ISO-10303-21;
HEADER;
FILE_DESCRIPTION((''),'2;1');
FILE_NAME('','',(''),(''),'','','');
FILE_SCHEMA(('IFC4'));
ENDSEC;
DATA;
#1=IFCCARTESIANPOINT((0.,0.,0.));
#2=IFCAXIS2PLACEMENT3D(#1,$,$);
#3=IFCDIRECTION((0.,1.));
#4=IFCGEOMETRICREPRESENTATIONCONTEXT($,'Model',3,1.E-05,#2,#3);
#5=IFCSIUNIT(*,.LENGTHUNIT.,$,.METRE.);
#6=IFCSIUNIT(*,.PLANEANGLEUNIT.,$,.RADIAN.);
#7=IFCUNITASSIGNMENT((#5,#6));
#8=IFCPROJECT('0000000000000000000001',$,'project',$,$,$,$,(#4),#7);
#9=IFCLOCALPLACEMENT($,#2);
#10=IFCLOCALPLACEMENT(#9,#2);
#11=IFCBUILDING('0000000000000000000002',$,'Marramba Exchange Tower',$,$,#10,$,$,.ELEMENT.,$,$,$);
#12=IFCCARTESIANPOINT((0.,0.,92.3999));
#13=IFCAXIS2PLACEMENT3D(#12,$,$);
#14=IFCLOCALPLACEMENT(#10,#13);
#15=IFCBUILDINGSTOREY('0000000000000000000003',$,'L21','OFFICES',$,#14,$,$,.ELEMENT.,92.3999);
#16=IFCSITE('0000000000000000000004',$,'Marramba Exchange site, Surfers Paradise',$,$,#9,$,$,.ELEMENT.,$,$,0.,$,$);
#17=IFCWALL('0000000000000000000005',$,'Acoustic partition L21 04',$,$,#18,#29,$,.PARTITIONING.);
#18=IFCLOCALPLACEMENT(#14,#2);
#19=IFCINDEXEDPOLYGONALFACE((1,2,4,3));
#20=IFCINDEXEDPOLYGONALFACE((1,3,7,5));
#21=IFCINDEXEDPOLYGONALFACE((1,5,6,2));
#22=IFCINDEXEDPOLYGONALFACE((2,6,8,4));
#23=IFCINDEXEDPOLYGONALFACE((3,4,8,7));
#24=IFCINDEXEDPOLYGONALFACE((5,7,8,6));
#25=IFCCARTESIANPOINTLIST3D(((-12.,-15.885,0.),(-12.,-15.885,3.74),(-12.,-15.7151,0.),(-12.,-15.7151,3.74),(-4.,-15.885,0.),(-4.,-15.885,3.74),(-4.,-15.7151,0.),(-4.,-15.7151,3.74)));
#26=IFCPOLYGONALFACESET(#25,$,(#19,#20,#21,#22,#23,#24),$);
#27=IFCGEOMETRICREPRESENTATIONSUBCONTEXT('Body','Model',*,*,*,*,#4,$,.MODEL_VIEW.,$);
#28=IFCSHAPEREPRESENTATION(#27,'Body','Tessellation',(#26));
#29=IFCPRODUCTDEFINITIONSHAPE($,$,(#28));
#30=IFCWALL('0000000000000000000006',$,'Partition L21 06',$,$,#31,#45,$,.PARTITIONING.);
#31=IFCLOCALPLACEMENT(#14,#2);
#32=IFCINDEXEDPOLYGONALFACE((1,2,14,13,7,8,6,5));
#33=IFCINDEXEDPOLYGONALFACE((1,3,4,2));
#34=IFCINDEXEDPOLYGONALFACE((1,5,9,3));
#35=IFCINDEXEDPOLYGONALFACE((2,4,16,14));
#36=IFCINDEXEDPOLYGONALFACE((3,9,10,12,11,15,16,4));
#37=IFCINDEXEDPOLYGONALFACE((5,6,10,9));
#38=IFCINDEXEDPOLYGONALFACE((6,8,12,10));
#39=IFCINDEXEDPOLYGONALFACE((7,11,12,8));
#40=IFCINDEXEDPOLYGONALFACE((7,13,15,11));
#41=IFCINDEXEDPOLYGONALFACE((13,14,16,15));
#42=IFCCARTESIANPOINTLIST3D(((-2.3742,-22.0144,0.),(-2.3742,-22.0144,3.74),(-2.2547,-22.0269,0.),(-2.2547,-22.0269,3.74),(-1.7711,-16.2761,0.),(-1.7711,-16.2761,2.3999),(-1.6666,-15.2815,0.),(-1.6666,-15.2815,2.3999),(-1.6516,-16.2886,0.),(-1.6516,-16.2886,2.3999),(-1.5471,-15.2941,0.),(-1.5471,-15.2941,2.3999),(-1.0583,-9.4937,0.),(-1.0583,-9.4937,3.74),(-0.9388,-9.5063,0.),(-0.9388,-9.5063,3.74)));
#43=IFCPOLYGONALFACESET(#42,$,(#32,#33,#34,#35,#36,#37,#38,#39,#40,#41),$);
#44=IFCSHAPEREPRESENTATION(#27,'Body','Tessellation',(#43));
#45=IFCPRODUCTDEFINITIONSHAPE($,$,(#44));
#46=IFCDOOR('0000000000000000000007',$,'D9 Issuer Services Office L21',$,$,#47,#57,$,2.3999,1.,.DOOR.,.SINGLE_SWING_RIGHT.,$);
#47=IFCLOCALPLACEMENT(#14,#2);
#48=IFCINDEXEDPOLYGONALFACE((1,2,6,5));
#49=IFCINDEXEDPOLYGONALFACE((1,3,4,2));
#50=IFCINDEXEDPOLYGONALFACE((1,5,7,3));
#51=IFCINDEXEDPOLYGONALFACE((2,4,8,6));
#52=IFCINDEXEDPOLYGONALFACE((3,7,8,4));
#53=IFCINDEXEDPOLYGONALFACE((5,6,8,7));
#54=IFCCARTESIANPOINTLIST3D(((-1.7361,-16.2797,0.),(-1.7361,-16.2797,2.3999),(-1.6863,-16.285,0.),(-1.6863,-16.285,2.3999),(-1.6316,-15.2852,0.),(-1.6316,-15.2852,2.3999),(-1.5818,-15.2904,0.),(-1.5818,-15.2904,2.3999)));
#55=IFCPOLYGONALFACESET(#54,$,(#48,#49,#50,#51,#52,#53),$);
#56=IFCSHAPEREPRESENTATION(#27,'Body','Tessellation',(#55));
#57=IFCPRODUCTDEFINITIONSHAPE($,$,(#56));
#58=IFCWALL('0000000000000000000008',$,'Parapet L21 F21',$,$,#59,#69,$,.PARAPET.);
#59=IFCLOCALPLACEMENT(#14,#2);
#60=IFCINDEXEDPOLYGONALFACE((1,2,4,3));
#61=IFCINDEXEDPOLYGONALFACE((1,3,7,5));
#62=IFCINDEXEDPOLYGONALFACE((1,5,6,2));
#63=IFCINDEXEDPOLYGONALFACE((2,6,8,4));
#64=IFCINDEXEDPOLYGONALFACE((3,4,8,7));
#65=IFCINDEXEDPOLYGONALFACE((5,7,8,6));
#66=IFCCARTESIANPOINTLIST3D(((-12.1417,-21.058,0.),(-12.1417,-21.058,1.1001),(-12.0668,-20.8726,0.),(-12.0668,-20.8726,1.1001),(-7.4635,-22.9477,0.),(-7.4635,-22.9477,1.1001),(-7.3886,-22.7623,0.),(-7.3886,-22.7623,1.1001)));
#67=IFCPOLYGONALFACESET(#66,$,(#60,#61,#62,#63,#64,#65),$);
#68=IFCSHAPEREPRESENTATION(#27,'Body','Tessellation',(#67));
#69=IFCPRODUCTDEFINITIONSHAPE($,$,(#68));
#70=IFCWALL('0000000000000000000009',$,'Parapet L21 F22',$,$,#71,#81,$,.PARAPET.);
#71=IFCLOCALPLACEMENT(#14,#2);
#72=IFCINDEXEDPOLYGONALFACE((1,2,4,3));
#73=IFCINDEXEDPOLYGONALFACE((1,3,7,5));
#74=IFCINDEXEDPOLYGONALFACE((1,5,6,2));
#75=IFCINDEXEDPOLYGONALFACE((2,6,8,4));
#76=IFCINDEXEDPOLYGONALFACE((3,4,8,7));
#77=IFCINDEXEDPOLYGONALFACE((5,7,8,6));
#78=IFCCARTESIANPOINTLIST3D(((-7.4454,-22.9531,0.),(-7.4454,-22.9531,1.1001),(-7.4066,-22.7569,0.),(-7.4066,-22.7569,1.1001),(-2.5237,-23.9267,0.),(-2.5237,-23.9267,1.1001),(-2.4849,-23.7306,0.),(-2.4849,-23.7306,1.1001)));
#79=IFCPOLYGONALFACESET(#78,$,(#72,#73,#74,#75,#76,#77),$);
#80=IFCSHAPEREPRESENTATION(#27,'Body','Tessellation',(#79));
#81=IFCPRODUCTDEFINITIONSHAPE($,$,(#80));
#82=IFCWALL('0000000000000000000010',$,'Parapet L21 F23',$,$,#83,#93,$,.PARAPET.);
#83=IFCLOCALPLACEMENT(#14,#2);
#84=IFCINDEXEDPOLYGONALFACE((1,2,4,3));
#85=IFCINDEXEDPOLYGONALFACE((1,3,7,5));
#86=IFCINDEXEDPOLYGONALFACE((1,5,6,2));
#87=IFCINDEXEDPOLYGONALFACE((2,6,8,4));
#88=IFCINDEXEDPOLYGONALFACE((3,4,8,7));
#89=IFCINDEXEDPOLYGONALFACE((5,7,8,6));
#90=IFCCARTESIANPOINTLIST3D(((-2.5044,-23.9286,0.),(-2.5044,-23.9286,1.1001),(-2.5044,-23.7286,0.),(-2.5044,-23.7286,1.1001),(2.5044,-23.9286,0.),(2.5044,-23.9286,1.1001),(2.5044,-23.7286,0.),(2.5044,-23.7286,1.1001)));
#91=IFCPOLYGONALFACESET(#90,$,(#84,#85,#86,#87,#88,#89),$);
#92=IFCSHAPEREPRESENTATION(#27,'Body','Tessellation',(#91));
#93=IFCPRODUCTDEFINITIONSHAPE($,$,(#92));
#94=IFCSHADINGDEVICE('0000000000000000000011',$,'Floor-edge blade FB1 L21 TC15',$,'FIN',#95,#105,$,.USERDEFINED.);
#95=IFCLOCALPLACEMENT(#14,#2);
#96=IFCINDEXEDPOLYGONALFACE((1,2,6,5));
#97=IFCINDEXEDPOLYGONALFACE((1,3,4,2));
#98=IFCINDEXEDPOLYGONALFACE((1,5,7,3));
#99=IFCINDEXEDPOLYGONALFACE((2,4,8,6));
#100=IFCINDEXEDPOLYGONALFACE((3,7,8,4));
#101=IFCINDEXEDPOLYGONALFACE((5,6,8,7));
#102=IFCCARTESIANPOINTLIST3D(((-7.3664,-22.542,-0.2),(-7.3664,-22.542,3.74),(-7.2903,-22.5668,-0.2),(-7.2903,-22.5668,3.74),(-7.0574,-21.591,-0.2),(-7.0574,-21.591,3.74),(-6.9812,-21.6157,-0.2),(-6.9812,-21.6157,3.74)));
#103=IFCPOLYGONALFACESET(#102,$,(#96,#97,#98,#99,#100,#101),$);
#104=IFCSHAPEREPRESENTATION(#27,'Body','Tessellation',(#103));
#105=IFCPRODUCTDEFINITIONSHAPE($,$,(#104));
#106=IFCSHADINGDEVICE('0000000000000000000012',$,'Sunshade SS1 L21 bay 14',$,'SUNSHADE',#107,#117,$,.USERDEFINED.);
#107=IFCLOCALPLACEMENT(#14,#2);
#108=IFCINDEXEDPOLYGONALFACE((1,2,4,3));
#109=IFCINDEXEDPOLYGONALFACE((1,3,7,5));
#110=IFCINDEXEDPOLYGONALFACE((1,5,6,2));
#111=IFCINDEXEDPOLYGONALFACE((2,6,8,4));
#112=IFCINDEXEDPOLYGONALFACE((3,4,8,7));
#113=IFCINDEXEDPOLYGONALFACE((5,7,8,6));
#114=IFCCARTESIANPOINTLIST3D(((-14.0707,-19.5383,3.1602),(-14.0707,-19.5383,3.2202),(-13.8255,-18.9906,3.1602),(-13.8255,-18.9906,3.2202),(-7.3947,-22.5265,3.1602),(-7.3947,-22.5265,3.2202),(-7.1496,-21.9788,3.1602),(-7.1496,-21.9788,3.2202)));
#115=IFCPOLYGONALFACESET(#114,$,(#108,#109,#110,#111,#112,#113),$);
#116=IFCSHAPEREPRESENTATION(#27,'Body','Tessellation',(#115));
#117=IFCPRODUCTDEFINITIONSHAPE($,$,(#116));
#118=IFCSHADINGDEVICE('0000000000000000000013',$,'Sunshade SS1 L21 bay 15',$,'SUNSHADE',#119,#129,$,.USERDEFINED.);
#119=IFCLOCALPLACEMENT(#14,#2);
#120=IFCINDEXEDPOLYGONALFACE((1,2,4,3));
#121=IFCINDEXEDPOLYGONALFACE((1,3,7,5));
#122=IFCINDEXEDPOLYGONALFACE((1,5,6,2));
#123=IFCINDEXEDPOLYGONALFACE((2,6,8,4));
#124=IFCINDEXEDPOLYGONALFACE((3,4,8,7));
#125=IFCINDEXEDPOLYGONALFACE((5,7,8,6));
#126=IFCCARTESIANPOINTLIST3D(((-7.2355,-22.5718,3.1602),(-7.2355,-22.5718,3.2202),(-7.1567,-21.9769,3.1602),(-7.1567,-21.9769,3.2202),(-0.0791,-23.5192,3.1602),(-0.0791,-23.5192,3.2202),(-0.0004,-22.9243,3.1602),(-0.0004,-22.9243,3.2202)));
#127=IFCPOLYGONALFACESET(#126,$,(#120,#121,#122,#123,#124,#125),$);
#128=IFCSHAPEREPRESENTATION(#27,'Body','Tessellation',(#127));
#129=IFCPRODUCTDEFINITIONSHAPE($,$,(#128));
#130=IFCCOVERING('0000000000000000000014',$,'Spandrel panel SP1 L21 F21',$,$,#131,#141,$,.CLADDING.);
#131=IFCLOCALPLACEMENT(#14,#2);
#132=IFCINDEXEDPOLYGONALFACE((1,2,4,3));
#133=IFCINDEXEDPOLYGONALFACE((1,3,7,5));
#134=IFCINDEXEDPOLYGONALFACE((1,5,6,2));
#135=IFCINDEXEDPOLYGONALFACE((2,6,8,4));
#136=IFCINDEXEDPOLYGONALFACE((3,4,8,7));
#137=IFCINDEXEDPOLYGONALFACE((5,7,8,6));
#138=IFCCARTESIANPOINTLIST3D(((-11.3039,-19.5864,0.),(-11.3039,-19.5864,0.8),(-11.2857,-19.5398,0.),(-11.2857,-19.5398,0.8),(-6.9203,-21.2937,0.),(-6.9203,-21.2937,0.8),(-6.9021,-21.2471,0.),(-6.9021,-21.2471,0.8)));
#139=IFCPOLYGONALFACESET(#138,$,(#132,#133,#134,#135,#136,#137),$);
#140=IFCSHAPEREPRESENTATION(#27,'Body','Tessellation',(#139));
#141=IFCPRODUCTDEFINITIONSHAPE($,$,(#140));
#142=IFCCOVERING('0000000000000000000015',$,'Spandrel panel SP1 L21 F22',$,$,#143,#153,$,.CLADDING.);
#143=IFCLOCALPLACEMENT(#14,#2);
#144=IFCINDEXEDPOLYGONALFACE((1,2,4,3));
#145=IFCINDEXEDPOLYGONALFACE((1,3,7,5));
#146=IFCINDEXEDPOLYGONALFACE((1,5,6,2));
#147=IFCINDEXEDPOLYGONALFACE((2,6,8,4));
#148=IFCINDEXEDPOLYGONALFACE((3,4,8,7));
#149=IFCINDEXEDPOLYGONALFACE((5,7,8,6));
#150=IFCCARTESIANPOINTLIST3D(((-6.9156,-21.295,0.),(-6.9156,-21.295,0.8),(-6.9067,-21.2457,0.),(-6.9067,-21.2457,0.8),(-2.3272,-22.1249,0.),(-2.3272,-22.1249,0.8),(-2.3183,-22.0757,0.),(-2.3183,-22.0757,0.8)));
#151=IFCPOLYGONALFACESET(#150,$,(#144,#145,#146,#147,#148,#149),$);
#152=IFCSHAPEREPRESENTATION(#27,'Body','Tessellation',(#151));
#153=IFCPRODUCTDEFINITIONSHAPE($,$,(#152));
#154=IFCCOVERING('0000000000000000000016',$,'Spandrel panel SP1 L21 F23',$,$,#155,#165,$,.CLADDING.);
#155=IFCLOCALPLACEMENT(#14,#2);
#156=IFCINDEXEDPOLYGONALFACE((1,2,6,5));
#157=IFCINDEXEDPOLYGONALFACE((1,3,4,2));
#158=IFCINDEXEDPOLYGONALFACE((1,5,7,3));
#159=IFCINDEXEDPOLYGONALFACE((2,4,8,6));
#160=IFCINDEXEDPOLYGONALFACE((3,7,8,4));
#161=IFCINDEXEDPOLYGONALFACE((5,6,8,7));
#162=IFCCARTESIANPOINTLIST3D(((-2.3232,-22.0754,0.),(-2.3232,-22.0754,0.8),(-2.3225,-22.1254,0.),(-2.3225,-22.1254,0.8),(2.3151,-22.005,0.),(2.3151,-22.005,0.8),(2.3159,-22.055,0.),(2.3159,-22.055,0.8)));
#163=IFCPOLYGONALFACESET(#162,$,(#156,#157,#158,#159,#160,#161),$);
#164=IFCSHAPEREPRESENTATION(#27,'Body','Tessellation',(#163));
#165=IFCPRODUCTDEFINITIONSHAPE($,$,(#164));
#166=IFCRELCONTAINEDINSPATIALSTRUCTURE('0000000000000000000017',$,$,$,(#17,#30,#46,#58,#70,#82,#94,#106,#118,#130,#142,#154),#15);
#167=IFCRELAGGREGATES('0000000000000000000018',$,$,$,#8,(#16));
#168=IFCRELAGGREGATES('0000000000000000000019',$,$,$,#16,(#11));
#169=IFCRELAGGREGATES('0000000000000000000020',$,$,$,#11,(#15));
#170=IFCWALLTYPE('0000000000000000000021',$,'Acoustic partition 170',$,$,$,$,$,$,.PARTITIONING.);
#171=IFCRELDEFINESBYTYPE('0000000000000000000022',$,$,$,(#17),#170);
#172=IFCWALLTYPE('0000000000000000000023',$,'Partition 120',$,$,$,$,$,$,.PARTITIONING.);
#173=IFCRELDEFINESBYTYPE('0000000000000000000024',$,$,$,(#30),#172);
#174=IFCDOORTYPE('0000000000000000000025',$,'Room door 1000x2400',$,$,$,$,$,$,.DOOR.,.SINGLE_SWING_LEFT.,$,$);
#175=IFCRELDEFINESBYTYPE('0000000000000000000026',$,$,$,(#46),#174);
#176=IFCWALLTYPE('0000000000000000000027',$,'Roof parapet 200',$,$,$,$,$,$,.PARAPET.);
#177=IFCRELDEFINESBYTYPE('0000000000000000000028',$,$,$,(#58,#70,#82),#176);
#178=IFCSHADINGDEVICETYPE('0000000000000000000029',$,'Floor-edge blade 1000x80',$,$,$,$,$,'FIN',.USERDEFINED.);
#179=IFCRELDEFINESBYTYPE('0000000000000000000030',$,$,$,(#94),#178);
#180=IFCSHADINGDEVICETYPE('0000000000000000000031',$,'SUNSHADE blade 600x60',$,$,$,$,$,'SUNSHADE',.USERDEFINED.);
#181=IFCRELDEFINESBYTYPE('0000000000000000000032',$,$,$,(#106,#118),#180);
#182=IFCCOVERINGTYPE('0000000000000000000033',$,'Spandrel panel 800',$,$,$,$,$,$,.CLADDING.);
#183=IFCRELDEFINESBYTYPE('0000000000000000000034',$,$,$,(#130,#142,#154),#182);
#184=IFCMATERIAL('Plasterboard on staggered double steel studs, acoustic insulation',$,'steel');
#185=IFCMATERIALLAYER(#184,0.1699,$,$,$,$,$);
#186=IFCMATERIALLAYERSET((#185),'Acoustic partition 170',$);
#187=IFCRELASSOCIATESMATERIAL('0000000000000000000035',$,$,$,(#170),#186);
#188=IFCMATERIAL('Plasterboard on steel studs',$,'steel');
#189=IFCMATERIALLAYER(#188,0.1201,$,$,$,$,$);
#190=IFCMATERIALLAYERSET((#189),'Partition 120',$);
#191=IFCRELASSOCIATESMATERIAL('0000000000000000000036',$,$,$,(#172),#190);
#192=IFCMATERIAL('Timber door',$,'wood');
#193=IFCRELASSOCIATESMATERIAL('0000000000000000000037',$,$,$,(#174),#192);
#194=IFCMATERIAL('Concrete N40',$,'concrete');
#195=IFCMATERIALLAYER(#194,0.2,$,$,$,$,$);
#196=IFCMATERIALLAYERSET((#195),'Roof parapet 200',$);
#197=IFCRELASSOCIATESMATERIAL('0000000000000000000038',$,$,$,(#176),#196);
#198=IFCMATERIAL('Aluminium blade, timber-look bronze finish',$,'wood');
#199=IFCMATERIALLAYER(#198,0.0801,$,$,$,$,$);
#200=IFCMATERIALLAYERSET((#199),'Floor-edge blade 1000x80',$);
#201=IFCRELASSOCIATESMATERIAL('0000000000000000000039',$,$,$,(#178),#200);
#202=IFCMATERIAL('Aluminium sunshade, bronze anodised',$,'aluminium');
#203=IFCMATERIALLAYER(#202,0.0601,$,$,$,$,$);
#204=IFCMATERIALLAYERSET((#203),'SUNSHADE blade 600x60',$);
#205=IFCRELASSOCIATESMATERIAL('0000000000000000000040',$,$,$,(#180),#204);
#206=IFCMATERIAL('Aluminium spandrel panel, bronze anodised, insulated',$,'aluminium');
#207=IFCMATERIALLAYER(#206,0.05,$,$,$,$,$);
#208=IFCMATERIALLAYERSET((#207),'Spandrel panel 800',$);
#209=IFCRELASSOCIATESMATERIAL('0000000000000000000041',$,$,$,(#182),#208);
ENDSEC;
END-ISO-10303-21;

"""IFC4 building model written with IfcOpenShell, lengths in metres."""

from ifc_helpers import new_model, si_unit, direction, frame, frame_2d, origin, origin_2d, place, context, subcontext, project, spatial, rectangle, extrude, material, layer, layer_set, type_object, element, fill, save


model = new_model("IFC4")

# Units and contexts
model_context = context("Model", 3, precision=1e-05, world=origin(), true_north=direction((0.0, 1.0)))
body_context = subcontext(model_context, "Body", "Model", "MODEL_VIEW")
ifc_project = project(units=[si_unit("LENGTHUNIT", "METRE"), si_unit("PLANEANGLEUNIT", "RADIAN")], contexts=[model_context])

# Site, building, storey
site_placement = place(None, origin())
site = spatial("IfcSite", under=ifc_project, at=site_placement, Name="Marramba Exchange site, Surfers Paradise", CompositionType="ELEMENT", RefElevation=0.0)
building_placement = place(site_placement, origin())
building = spatial("IfcBuilding", under=site, at=building_placement, Name="Marramba Exchange Tower", CompositionType="ELEMENT")
storey_placement = place(building_placement, frame((0.0, 0.0, 92.3999)))
storey = spatial("IfcBuildingStorey", under=building, at=storey_placement, Name="L21", Description="OFFICES", CompositionType="ELEMENT", Elevation=92.3999)

# Wall
ifc_material_1 = material(Name="Plasterboard on staggered double steel studs, acoustic insulation", Category="steel")
ifc_layer_1 = layer(ifc_material_1, 0.1699)
ifc_layer_set_1 = layer_set([ifc_layer_1], Name="Acoustic partition 170")
wall_type_1 = type_object("IfcWallType", Name="Acoustic partition 170", PredefinedType="PARTITIONING", material=ifc_layer_set_1)
wall_1_placement = place(storey_placement, frame((-4.0, -15.8, 0.0), z_axis=(0.0, 0.0, 1.0), x_axis=(-1.0, 0.0, 0.0)))
element("IfcWall", 1, at=wall_1_placement, inside=storey, type_object=wall_type_1, Name="Acoustic partition L21 04", PredefinedType="PARTITIONING", context=body_context, shape_type="SweptSolid", body=[
    extrude(rectangle(XDim=8.0, YDim=0.1699, at=frame_2d((4.0, 0.0))), origin(), (0.0, 0.0, 1.0), 3.74),
])

# Wall, opening, door
ifc_material_2 = material(Name="Plasterboard on steel studs", Category="steel")
ifc_layer_2 = layer(ifc_material_2, 0.1201)
ifc_layer_set_2 = layer_set([ifc_layer_2], Name="Partition 120")
wall_type_2 = type_object("IfcWallType", Name="Partition 120", PredefinedType="PARTITIONING", material=ifc_layer_set_2)
wall_2_placement = place(storey_placement, frame((-2.3145, -22.0208, 0.0), z_axis=(0.0, 0.0, 1.0), x_axis=(0.104523, 0.994522, 0.0)))
wall_2 = element("IfcWall", 2, at=wall_2_placement, inside=storey, type_object=wall_type_2, Name="Partition L21 06", PredefinedType="PARTITIONING", context=body_context, shape_type="SweptSolid", body=[
    extrude(rectangle(XDim=12.5896, YDim=0.1201, at=frame_2d((6.2949, 0.0))), origin(), (0.0, 0.0, 1.0), 3.74),
])
opening_placement = place(wall_2_placement, frame((5.77, 0.0, 0.0)))
opening = element("IfcOpeningElement", 3, at=opening_placement, cuts=wall_2, PredefinedType="OPENING", context=body_context, shape_type="SweptSolid", body=[
    extrude(rectangle(XDim=1.0, YDim=2.3999, at=frame_2d((0.5, 1.2))), frame((0.0, 0.0701, 0.0), z_axis=(0.0, -1.0, 0.0), x_axis=(1.0, 0.0, 0.0)), (0.0, 0.0, 1.0), 0.1401),
])
ifc_material_3 = material(Name="Timber door", Category="wood")
door_type = type_object("IfcDoorType", Name="Room door 1000x2400", OperationType="SINGLE_SWING_LEFT", PredefinedType="DOOR", material=ifc_material_3)
door_placement = place(opening_placement, origin())
door = element("IfcDoor", 4, at=door_placement, inside=storey, type_object=door_type, Name="D9 Issuer Services Office L21", OperationType="SINGLE_SWING_RIGHT", OverallHeight=2.3999, OverallWidth=1.0, PredefinedType="DOOR", context=body_context, shape_type="SweptSolid", body=[
    extrude(rectangle(XDim=1.0, YDim=2.3999, at=frame_2d((0.5, 1.2))), frame((0.0, 0.0249, 0.0), z_axis=(0.0, -1.0, 0.0), x_axis=(1.0, 0.0, 0.0)), (0.0, 0.0, 1.0), 0.05),
])
fill(opening, door)

# Walls
ifc_material_4 = material(Name="Concrete N40", Category="concrete")
ifc_layer_3 = layer(ifc_material_4, 0.2)
ifc_layer_set_3 = layer_set([ifc_layer_3], Name="Roof parapet 200")
wall_type_3 = type_object("IfcWallType", Name="Roof parapet 200", PredefinedType="PARAPET", material=ifc_layer_set_3)
wall_3_placement = place(storey_placement, frame((-12.1042, -20.9653, 0.0), z_axis=(0.0, 0.0, 1.0), x_axis=(0.927217, -0.374525, 0.0)))
element("IfcWall", 5, at=wall_3_placement, inside=storey, type_object=wall_type_3, Name="Parapet L21 F21", PredefinedType="PARAPET", context=body_context, shape_type="SweptSolid", body=[
    extrude(rectangle(XDim=5.0454, YDim=0.2, at=frame_2d((2.5227, 0.0))), origin(), (0.0, 0.0, 1.0), 1.1001),
])
wall_4_placement = place(storey_placement, frame((-7.426, -22.855, 0.0), z_axis=(0.0, 0.0, 1.0), x_axis=(0.980988, -0.194066, 0.0)))
element("IfcWall", 6, at=wall_4_placement, inside=storey, type_object=wall_type_3, Name="Parapet L21 F22", PredefinedType="PARAPET", context=body_context, shape_type="SweptSolid", body=[
    extrude(rectangle(XDim=5.0171, YDim=0.2, at=frame_2d((2.5085, 0.0))), origin(), (0.0, 0.0, 1.0), 1.1001),
])
wall_5_placement = place(storey_placement, frame((-2.5044, -23.8286, 0.0), z_axis=(0.0, 0.0, 1.0), x_axis=(1.0, 0.0, 0.0)))
element("IfcWall", 7, at=wall_5_placement, inside=storey, type_object=wall_type_3, Name="Parapet L21 F23", PredefinedType="PARAPET", context=body_context, shape_type="SweptSolid", body=[
    extrude(rectangle(XDim=5.0088, YDim=0.2, at=frame_2d((2.5044, 0.0))), origin(), (0.0, 0.0, 1.0), 1.1001),
])

# Shading devices
ifc_material_5 = material(Name="Aluminium blade, timber-look bronze finish", Category="wood")
ifc_layer_4 = layer(ifc_material_5, 0.0801)
ifc_layer_set_4 = layer_set([ifc_layer_4], Name="Floor-edge blade 1000x80")
shading_device_type_1 = type_object("IfcShadingDeviceType", Name="Floor-edge blade 1000x80", ElementType="FIN", PredefinedType="USERDEFINED", material=ifc_layer_set_4)
shading_device_1_placement = place(storey_placement, frame((-7.1738, -22.0789, -0.2), z_axis=(0.0, 0.0, 1.0), x_axis=(-0.309017, -0.951057, 0.0)))
element("IfcShadingDevice", 8, at=shading_device_1_placement, inside=storey, type_object=shading_device_type_1, Name="Floor-edge blade FB1 L21 TC15", ObjectType="FIN", PredefinedType="USERDEFINED", context=body_context, shape_type="SweptSolid", body=[
    extrude(rectangle(XDim=1.0, YDim=0.0801, at=origin_2d()), origin(), (0.0, 0.0, 1.0), 3.9399),
])
ifc_material_6 = material(Name="Aluminium sunshade, bronze anodised", Category="aluminium")
ifc_layer_5 = layer(ifc_material_6, 0.0601)
ifc_layer_set_5 = layer_set([ifc_layer_5], Name="SUNSHADE blade 600x60")
shading_device_type_2 = type_object("IfcShadingDeviceType", Name="SUNSHADE blade 600x60", ElementType="SUNSHADE", PredefinedType="USERDEFINED", material=ifc_layer_set_5)
shading_device_2_placement = place(storey_placement, frame((-10.6101, -20.7585, 3.1602), z_axis=(0.0, 0.0, 1.0), x_axis=(0.912736, -0.40855, 0.0)))
element("IfcShadingDevice", 9, at=shading_device_2_placement, inside=storey, type_object=shading_device_type_2, Name="Sunshade SS1 L21 bay 14", ObjectType="SUNSHADE", PredefinedType="USERDEFINED", context=body_context, shape_type="SweptSolid", body=[
    extrude(rectangle(XDim=7.3142, YDim=0.6001, at=origin_2d()), origin(), (0.0, 0.0, 1.0), 0.0601),
])
shading_device_3_placement = place(storey_placement, frame((-3.6179, -22.748, 3.1602), z_axis=(0.0, 0.0, 1.0), x_axis=(0.99135, -0.131241, 0.0)))
element("IfcShadingDevice", 10, at=shading_device_3_placement, inside=storey, type_object=shading_device_type_2, Name="Sunshade SS1 L21 bay 15", ObjectType="SUNSHADE", PredefinedType="USERDEFINED", context=body_context, shape_type="SweptSolid", body=[
    extrude(rectangle(XDim=7.2188, YDim=0.6001, at=origin_2d()), origin(), (0.0, 0.0, 1.0), 0.0601),
])

# Coverings
ifc_material_7 = material(Name="Aluminium spandrel panel, bronze anodised, insulated", Category="aluminium")
ifc_layer_6 = layer(ifc_material_7, 0.05)
ifc_layer_set_6 = layer_set([ifc_layer_6], Name="Spandrel panel 800")
covering_type = type_object("IfcCoveringType", Name="Spandrel panel 800", PredefinedType="CLADDING", material=ifc_layer_set_6)
covering_1_placement = place(storey_placement, frame((-9.103, -20.4167, 0.0), z_axis=(0.0, 0.0, 1.0), x_axis=(0.931818, -0.362925, 0.0)))
element("IfcCovering", 11, at=covering_1_placement, inside=storey, type_object=covering_type, Name="Spandrel panel SP1 L21 F21", PredefinedType="CLADDING", context=body_context, shape_type="SweptSolid", body=[
    extrude(rectangle(XDim=4.7043, YDim=0.05, at=origin_2d()), origin(), (0.0, 0.0, 1.0), 0.8),
])
covering_2_placement = place(storey_placement, frame((-4.6169, -21.6853, 0.0), z_axis=(0.0, 0.0, 1.0), x_axis=(0.984032, -0.177992, 0.0)))
element("IfcCovering", 12, at=covering_2_placement, inside=storey, type_object=covering_type, Name="Spandrel panel SP1 L21 F22", PredefinedType="CLADDING", context=body_context, shape_type="SweptSolid", body=[
    extrude(rectangle(XDim=4.6628, YDim=0.05, at=origin_2d()), origin(), (0.0, 0.0, 1.0), 0.8),
])
covering_3_placement = place(storey_placement, frame((-0.0037, -22.0652, 0.0), z_axis=(0.0, 0.0, 1.0), x_axis=(0.999885, 0.015179, 0.0)))
element("IfcCovering", 13, at=covering_3_placement, inside=storey, type_object=covering_type, Name="Spandrel panel SP1 L21 F23", PredefinedType="CLADDING", context=body_context, shape_type="SweptSolid", body=[
    extrude(rectangle(XDim=4.6389, YDim=0.05, at=origin_2d()), origin(), (0.0, 0.0, 1.0), 0.8),
])

save(model, "model.ifc")
